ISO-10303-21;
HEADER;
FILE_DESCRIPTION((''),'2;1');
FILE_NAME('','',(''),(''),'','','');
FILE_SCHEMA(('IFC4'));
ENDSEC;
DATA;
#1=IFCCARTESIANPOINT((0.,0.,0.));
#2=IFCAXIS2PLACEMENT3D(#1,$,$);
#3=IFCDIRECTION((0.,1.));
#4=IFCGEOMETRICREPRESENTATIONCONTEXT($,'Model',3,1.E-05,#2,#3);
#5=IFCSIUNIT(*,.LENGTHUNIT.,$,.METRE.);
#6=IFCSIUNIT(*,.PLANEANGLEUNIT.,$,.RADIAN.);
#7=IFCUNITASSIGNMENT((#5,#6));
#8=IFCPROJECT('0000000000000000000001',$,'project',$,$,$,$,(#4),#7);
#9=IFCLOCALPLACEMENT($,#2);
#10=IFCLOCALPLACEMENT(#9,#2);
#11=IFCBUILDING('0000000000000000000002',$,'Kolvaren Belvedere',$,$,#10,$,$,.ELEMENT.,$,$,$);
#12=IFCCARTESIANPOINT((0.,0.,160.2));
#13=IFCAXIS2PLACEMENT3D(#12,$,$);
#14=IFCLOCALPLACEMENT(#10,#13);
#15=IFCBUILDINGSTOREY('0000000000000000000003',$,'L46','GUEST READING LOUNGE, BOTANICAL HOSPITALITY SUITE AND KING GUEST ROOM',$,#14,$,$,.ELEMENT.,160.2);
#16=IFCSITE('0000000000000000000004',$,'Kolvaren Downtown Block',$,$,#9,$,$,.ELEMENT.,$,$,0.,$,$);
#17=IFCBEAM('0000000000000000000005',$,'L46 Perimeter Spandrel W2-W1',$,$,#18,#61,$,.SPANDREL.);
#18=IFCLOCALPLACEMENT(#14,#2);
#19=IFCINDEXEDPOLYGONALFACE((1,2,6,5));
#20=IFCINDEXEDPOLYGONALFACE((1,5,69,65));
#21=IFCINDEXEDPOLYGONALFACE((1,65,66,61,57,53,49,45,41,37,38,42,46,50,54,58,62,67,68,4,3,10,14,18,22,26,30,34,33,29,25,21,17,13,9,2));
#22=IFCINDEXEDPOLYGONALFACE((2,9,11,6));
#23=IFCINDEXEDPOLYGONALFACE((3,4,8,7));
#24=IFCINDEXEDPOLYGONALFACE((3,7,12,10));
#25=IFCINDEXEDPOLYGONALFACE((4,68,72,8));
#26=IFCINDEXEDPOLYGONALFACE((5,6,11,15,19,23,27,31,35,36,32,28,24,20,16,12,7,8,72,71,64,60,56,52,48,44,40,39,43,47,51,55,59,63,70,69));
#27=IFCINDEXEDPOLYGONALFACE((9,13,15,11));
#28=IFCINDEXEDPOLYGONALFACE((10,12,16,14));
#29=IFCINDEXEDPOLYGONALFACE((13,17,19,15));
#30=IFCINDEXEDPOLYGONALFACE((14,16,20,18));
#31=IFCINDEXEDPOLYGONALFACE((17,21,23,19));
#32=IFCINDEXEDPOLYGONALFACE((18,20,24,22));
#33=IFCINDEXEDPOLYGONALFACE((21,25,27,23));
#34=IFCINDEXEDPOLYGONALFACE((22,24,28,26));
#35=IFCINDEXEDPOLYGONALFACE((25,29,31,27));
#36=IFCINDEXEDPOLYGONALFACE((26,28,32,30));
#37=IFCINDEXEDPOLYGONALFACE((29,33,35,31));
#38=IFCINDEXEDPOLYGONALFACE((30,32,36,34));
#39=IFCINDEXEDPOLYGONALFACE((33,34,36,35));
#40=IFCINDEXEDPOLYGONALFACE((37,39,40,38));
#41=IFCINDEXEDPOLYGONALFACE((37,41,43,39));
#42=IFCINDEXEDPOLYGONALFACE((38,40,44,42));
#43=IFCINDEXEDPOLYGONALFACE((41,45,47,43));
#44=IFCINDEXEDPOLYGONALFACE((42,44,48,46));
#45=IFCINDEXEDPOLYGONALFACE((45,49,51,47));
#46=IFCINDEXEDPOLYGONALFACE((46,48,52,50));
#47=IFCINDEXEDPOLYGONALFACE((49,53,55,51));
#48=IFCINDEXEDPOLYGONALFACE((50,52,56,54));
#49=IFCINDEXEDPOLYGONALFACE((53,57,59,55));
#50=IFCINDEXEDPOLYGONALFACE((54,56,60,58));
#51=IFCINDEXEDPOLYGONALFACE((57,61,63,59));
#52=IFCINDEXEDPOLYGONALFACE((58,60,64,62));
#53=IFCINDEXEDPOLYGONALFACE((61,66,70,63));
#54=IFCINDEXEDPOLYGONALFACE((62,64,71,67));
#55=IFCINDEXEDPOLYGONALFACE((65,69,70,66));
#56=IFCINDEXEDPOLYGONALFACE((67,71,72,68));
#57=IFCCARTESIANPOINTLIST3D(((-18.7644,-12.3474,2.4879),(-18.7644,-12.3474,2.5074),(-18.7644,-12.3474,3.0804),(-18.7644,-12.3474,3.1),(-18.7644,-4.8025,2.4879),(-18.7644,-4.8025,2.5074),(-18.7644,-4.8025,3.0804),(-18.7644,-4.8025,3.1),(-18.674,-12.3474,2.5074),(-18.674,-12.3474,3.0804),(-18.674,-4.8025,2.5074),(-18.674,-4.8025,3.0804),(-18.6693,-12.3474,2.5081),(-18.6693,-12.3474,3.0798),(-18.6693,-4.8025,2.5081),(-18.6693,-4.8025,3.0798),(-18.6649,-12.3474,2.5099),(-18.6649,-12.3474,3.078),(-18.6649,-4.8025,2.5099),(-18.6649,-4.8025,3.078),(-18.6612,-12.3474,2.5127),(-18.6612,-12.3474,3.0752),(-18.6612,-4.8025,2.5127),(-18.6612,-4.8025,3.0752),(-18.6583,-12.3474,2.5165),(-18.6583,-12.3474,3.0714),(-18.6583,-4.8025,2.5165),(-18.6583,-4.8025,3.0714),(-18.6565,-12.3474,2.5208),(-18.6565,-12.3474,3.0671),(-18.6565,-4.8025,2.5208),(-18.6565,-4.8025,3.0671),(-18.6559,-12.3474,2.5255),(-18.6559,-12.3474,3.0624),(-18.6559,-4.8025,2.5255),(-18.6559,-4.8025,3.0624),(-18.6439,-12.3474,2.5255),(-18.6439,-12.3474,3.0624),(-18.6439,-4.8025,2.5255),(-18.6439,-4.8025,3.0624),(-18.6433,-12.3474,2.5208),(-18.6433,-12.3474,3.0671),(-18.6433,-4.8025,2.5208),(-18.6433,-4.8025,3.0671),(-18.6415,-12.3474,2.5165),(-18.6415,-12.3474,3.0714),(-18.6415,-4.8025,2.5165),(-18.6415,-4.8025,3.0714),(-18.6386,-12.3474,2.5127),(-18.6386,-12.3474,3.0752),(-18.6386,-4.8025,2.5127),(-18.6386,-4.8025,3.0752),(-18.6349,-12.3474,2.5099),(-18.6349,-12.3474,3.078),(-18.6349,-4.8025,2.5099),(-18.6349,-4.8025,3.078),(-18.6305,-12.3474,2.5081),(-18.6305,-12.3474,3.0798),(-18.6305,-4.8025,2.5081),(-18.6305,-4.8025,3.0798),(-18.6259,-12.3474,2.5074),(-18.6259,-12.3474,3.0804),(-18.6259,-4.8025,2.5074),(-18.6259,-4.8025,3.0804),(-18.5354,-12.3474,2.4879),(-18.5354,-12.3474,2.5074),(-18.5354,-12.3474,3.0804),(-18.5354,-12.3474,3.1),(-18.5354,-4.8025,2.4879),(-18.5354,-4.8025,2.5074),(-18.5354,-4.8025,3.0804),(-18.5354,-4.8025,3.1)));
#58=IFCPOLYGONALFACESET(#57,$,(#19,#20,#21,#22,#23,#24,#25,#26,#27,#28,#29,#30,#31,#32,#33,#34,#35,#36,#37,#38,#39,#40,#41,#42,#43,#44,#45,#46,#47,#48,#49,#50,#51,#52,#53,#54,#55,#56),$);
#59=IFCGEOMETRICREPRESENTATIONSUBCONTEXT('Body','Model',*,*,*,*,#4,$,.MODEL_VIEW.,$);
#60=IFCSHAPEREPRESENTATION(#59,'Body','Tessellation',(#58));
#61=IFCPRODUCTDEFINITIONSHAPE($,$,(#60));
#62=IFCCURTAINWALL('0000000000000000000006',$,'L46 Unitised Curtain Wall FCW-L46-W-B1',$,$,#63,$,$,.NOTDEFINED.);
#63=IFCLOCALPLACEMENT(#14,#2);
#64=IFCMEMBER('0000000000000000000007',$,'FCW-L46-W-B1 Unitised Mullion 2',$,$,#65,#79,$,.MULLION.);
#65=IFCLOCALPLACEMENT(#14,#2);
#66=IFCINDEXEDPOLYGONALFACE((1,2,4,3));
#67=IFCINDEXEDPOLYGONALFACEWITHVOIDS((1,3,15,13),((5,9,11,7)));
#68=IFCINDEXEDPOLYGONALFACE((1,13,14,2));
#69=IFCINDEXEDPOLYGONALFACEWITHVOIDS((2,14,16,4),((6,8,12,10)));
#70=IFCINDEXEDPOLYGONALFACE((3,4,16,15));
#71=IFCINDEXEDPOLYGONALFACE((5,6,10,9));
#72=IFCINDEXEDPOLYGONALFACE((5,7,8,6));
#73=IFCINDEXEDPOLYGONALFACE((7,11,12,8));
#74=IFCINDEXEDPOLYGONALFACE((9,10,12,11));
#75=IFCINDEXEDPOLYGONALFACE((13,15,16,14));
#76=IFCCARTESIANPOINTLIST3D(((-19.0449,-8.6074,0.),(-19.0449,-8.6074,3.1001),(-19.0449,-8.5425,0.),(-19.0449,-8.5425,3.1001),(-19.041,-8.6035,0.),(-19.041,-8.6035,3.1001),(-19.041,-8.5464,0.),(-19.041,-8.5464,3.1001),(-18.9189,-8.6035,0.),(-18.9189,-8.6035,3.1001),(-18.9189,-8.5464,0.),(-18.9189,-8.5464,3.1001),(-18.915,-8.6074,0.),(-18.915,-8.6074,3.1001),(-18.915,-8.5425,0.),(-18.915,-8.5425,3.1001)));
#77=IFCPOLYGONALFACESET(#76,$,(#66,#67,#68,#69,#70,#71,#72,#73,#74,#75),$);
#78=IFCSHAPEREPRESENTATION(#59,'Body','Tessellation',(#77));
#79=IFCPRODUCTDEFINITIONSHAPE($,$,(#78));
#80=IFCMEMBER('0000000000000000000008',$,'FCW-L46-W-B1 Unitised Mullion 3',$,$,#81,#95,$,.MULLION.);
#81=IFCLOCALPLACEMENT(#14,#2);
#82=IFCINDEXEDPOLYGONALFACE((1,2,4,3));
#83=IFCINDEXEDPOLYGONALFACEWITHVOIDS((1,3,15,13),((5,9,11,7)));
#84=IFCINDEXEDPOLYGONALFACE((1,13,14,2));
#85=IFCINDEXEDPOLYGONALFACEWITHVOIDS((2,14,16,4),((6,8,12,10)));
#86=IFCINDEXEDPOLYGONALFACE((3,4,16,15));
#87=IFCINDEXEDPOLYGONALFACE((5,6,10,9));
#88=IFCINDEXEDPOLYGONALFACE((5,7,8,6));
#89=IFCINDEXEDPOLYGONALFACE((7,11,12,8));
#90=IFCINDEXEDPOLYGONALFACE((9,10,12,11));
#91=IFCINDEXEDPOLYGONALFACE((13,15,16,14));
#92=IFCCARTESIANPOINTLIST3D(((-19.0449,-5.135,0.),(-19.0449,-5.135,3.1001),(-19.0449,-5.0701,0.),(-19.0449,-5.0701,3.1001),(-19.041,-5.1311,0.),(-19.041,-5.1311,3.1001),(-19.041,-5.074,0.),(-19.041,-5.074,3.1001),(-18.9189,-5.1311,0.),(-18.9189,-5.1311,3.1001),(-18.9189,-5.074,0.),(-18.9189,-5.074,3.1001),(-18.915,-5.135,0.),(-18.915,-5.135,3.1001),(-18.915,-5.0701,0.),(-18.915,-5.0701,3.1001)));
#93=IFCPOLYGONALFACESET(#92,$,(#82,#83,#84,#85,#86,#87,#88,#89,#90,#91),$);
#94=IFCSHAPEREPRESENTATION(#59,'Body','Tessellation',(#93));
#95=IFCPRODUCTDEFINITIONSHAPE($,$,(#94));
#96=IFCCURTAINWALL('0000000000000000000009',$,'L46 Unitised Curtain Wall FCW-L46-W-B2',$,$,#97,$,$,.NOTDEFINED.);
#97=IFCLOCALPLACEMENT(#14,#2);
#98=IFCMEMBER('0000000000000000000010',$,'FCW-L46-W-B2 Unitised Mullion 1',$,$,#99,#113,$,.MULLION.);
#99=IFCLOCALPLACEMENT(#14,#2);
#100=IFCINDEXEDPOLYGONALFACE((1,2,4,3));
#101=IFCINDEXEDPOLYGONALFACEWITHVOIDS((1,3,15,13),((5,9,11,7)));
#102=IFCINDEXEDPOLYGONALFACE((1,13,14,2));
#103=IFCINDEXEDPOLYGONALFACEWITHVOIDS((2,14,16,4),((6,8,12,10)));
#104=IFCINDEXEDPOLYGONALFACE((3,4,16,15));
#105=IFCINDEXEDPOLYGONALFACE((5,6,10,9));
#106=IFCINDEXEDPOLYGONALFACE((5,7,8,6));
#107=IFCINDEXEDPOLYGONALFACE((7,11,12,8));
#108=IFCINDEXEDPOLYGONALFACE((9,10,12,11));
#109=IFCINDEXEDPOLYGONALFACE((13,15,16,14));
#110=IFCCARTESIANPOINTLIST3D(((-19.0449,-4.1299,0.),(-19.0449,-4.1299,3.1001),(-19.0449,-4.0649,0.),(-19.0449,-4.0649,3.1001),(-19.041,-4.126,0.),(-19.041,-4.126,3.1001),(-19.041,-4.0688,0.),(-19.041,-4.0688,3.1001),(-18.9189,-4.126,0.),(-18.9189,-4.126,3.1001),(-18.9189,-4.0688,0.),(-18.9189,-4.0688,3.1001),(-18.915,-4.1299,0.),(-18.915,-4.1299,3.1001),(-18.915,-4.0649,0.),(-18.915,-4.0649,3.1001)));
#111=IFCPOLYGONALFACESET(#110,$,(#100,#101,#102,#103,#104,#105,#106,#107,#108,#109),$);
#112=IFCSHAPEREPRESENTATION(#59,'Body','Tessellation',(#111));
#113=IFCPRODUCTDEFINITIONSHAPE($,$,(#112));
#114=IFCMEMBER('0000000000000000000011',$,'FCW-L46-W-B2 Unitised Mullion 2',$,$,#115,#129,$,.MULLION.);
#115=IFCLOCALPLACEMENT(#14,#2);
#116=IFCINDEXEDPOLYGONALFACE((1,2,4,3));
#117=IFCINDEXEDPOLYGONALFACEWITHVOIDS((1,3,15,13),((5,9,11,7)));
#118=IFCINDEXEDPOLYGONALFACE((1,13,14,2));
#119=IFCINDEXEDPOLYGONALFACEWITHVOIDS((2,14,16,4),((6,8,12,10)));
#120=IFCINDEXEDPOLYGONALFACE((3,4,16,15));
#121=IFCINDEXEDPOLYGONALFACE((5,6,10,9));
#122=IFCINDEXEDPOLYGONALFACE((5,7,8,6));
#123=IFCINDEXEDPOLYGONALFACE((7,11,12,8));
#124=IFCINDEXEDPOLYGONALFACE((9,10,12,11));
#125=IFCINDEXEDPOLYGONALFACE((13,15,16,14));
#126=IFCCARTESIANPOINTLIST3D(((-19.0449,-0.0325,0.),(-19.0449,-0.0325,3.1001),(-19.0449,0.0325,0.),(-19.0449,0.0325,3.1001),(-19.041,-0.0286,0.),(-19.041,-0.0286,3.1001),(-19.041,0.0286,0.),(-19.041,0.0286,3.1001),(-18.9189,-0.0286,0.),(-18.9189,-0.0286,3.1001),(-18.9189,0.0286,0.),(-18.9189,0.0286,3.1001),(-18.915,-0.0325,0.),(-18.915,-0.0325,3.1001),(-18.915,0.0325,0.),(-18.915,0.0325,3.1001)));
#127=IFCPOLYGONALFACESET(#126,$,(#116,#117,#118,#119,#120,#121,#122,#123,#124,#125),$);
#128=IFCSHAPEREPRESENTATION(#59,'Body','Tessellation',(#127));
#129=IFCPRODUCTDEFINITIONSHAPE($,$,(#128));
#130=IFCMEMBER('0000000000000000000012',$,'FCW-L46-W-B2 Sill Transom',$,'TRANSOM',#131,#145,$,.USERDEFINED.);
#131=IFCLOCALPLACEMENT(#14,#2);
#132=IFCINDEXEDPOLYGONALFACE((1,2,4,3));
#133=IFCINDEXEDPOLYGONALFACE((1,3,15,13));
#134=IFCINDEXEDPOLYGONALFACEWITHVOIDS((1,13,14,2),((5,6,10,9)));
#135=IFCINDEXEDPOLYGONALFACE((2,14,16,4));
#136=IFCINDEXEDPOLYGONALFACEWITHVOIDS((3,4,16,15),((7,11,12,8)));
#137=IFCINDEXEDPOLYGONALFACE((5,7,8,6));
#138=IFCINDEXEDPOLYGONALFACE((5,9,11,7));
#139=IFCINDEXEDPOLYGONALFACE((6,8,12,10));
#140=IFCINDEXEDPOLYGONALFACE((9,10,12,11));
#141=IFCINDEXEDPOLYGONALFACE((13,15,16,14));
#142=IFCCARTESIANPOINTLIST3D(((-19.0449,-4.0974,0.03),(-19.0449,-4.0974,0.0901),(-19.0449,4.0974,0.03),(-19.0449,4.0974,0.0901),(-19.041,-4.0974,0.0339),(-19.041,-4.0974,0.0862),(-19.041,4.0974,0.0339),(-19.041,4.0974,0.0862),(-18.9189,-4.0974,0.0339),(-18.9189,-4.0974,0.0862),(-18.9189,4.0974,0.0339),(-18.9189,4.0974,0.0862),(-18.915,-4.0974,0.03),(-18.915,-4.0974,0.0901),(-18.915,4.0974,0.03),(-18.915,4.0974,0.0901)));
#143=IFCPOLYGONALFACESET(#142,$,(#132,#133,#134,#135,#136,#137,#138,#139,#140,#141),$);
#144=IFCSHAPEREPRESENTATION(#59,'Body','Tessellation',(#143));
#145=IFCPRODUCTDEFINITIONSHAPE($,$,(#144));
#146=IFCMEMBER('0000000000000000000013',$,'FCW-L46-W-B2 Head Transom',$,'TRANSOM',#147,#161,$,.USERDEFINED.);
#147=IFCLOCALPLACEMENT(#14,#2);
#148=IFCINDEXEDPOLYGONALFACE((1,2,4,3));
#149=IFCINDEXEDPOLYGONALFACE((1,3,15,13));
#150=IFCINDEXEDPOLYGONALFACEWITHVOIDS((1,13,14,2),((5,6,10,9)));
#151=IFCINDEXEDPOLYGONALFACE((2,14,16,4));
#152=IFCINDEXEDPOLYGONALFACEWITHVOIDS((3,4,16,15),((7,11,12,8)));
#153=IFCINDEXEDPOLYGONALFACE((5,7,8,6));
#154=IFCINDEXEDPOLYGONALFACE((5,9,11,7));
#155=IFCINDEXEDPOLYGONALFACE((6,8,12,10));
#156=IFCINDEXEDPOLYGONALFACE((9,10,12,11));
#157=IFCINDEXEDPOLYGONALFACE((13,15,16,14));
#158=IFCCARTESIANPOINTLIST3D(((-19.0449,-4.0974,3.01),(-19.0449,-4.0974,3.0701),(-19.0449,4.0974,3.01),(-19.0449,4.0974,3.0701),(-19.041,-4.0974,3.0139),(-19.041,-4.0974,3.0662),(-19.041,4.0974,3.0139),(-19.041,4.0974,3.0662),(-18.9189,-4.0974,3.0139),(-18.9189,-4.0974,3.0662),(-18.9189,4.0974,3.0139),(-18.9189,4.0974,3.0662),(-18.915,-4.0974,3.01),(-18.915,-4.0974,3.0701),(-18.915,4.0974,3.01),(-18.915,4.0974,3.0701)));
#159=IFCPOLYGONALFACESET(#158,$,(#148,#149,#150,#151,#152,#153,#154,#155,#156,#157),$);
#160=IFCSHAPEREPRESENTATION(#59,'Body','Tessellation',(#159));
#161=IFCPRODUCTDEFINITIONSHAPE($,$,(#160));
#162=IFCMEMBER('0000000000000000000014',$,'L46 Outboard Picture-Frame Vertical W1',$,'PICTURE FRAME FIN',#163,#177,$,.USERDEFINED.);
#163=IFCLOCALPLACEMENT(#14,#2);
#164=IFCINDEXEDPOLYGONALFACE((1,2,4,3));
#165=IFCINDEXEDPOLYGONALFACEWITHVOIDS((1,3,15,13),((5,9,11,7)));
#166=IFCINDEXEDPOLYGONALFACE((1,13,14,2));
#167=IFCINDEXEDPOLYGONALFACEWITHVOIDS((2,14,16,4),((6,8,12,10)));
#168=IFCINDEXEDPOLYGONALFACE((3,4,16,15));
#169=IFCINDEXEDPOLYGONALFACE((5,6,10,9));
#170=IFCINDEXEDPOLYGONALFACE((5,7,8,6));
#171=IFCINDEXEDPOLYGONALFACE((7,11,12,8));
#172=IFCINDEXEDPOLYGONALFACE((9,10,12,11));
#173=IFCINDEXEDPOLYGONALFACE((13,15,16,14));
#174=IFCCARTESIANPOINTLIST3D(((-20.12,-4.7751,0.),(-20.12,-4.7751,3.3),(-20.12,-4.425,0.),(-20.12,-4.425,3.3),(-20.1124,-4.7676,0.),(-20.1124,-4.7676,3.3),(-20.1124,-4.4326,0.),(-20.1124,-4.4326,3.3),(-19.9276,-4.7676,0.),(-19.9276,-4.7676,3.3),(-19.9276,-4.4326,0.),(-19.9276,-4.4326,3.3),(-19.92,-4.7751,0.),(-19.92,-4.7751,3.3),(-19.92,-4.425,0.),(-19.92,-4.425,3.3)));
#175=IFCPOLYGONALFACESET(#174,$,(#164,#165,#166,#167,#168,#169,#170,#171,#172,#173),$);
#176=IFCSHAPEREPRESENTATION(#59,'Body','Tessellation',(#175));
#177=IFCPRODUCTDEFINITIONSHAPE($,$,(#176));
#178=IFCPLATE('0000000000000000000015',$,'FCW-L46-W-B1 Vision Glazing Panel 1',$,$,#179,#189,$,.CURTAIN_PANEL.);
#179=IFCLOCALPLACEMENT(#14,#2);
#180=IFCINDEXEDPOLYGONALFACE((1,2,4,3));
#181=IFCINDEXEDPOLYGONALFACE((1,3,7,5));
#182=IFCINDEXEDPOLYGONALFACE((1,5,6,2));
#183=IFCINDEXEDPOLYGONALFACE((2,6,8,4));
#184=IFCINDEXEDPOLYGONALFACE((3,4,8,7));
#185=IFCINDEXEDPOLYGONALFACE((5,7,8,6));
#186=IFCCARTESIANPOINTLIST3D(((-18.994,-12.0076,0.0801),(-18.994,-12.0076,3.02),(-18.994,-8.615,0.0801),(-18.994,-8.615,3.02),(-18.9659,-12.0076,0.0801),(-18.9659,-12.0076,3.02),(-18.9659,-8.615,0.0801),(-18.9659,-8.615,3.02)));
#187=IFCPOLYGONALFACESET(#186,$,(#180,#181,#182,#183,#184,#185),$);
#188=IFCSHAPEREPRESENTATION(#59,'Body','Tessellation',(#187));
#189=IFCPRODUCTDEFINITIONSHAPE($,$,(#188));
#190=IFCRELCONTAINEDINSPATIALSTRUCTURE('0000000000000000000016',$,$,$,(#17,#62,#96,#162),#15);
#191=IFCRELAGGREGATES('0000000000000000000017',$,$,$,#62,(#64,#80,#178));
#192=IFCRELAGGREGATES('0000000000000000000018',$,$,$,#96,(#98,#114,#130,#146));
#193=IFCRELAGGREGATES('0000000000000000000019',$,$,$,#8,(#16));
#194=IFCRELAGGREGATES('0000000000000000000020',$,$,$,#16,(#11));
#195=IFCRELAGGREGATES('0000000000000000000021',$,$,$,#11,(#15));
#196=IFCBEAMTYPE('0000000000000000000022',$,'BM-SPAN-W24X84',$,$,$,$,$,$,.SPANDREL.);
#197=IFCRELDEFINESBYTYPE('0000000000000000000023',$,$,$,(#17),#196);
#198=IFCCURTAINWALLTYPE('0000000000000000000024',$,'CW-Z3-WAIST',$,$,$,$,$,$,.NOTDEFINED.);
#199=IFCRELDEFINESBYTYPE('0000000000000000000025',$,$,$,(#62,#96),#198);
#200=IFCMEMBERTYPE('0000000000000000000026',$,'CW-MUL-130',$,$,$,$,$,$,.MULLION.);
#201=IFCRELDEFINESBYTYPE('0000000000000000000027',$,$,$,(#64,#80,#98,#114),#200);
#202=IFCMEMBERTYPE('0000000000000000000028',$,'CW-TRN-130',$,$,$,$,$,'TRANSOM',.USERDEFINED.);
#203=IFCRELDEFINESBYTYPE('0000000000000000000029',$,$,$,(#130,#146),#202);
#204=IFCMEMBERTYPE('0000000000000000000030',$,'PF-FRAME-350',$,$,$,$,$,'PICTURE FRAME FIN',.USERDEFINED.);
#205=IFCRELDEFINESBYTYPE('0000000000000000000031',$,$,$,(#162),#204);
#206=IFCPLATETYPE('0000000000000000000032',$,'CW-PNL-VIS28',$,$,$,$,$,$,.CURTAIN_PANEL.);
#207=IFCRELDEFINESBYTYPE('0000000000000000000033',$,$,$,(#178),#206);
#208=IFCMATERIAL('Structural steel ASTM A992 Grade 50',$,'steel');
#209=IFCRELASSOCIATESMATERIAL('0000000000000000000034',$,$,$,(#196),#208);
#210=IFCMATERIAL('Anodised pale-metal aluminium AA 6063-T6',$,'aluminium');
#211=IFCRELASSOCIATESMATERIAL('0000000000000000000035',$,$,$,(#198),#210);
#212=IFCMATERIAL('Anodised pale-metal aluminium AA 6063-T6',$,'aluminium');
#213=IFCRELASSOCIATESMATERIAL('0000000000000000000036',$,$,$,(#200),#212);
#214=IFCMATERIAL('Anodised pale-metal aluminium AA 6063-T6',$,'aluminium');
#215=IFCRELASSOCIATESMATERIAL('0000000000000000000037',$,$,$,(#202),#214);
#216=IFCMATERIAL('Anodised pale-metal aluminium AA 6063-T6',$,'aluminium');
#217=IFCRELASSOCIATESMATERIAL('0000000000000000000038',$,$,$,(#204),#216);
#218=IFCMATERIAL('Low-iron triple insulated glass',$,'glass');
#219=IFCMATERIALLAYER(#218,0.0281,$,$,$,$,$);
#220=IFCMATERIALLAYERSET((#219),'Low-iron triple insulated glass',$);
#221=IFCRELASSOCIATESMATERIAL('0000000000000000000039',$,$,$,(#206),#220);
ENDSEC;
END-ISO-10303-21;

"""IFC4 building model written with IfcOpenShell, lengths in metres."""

from ifc_helpers import new_model, si_unit, direction, frame, origin, origin_2d, place, context, subcontext, project, spatial, rectangle, hollow_rectangle, i_section, extrude, material, layer, layer_set, material_profile, profile_set, type_object, element, aggregate, save


model = new_model("IFC4")

# Units and contexts
model_context = context("Model", 3, precision=1e-05, world=origin(), true_north=direction((0.0, 1.0)))
body_context = subcontext(model_context, "Body", "Model", "MODEL_VIEW")
ifc_project = project(units=[si_unit("LENGTHUNIT", "METRE"), si_unit("PLANEANGLEUNIT", "RADIAN")], contexts=[model_context])

# Site, building, storey
site_placement = place(None, origin())
site = spatial("IfcSite", under=ifc_project, at=site_placement, Name="Kolvaren Downtown Block", CompositionType="ELEMENT", RefElevation=0.0)
building_placement = place(site_placement, origin())
building = spatial("IfcBuilding", under=site, at=building_placement, Name="Kolvaren Belvedere", CompositionType="ELEMENT")
storey_placement = place(building_placement, frame((0.0, 0.0, 160.2)))
storey = spatial("IfcBuildingStorey", under=building, at=storey_placement, Name="L46", Description="GUEST READING LOUNGE, BOTANICAL HOSPITALITY SUITE AND KING GUEST ROOM", CompositionType="ELEMENT", Elevation=160.2)

# Beam
ifc_material_1 = material(Name="Structural steel ASTM A992 Grade 50", Category="steel")
ifc_material_profile_1 = material_profile(ifc_material_1, i_section(OverallWidth=0.229, OverallDepth=0.6121, WebThickness=0.012, FlangeThickness=0.0195, FilletRadius=0.0181, at=origin_2d()), Name="W24X84")
ifc_profile_set_1 = profile_set([ifc_material_profile_1], Name="Structural steel ASTM A992 Grade 50")
beam_type_1 = type_object("IfcBeamType", Name="BM-SPAN-W24X84", PredefinedType="SPANDREL", material=ifc_profile_set_1)
beam_1_placement = place(storey_placement, frame((-18.6499, -4.8025, 2.7939), z_axis=(0.0, -1.0, 0.0), x_axis=(1.0, 0.0, 0.0)))
element("IfcBeam", 1, at=beam_1_placement, inside=storey, type_object=beam_type_1, Name="L46 Perimeter Spandrel W2-W1", PredefinedType="SPANDREL", context=body_context, shape_type="SweptSolid", body=[
    extrude(i_section(OverallWidth=0.229, OverallDepth=0.6121, WebThickness=0.012, FlangeThickness=0.0195, FilletRadius=0.0181, at=origin_2d()), origin(), (0.0, 0.0, 1.0), 7.5449),
])

# Curtain walls, members
ifc_material_2 = material(Name="Anodised pale-metal aluminium AA 6063-T6", Category="aluminium")
curtain_wall_type = type_object("IfcCurtainWallType", Name="CW-Z3-WAIST", PredefinedType="NOTDEFINED", material=ifc_material_2)
curtain_wall_1_placement = place(storey_placement, origin())
curtain_wall_1 = element("IfcCurtainWall", 2, at=curtain_wall_1_placement, inside=storey, type_object=curtain_wall_type, Name="L46 Unitised Curtain Wall FCW-L46-W-B1", PredefinedType="NOTDEFINED")
ifc_material_3 = material(Name="Anodised pale-metal aluminium AA 6063-T6", Category="aluminium")
ifc_material_profile_2 = material_profile(ifc_material_3, hollow_rectangle(XDim=0.0649, YDim=0.1299, WallThickness=0.0039, at=origin_2d()), Name="ALU-MUL-130X65")
ifc_profile_set_2 = profile_set([ifc_material_profile_2], Name="Anodised pale-metal aluminium AA 6063-T6")
member_type_1 = type_object("IfcMemberType", Name="CW-MUL-130", PredefinedType="MULLION", material=ifc_profile_set_2)
member_1_placement = place(storey_placement, frame((-18.98, -8.575, 0.0), z_axis=(0.0, 0.0, 1.0), x_axis=(0.0, 1.0, 0.0)))
member_1 = element("IfcMember", 3, at=member_1_placement, type_object=member_type_1, Name="FCW-L46-W-B1 Unitised Mullion 2", PredefinedType="MULLION", context=body_context, shape_type="SweptSolid", body=[
    extrude(hollow_rectangle(XDim=0.0649, YDim=0.1299, WallThickness=0.0039, at=origin_2d()), origin(), (0.0, 0.0, 1.0), 3.1001),
])
member_2_placement = place(storey_placement, frame((-18.98, -5.1025, 0.0), z_axis=(0.0, 0.0, 1.0), x_axis=(0.0, 1.0, 0.0)))
member_2 = element("IfcMember", 4, at=member_2_placement, type_object=member_type_1, Name="FCW-L46-W-B1 Unitised Mullion 3", PredefinedType="MULLION", context=body_context, shape_type="SweptSolid", body=[
    extrude(hollow_rectangle(XDim=0.0649, YDim=0.1299, WallThickness=0.0039, at=origin_2d()), origin(), (0.0, 0.0, 1.0), 3.1001),
])
curtain_wall_2_placement = place(storey_placement, origin())
curtain_wall_2 = element("IfcCurtainWall", 5, at=curtain_wall_2_placement, inside=storey, type_object=curtain_wall_type, Name="L46 Unitised Curtain Wall FCW-L46-W-B2", PredefinedType="NOTDEFINED")
member_3_placement = place(storey_placement, frame((-18.98, -4.0974, 0.0), z_axis=(0.0, 0.0, 1.0), x_axis=(0.0, 1.0, 0.0)))
member_3 = element("IfcMember", 6, at=member_3_placement, type_object=member_type_1, Name="FCW-L46-W-B2 Unitised Mullion 1", PredefinedType="MULLION", context=body_context, shape_type="SweptSolid", body=[
    extrude(hollow_rectangle(XDim=0.0649, YDim=0.1299, WallThickness=0.0039, at=origin_2d()), origin(), (0.0, 0.0, 1.0), 3.1001),
])
member_4_placement = place(storey_placement, frame((-18.98, 0.0, 0.0), z_axis=(0.0, 0.0, 1.0), x_axis=(0.0, 1.0, 0.0)))
member_4 = element("IfcMember", 7, at=member_4_placement, type_object=member_type_1, Name="FCW-L46-W-B2 Unitised Mullion 2", PredefinedType="MULLION", context=body_context, shape_type="SweptSolid", body=[
    extrude(hollow_rectangle(XDim=0.0649, YDim=0.1299, WallThickness=0.0039, at=origin_2d()), origin(), (0.0, 0.0, 1.0), 3.1001),
])
ifc_material_4 = material(Name="Anodised pale-metal aluminium AA 6063-T6", Category="aluminium")
ifc_material_profile_3 = material_profile(ifc_material_4, hollow_rectangle(XDim=0.0601, YDim=0.1299, WallThickness=0.0039, at=origin_2d()), Name="ALU-TRN-130X60")
ifc_profile_set_3 = profile_set([ifc_material_profile_3], Name="Anodised pale-metal aluminium AA 6063-T6")
member_type_2 = type_object("IfcMemberType", Name="CW-TRN-130", ElementType="TRANSOM", PredefinedType="USERDEFINED", material=ifc_profile_set_3)
member_5_placement = place(storey_placement, frame((-18.98, -4.0974, 0.0601), z_axis=(0.0, 1.0, 0.0), x_axis=(0.0, 0.0, 1.0)))
member_5 = element("IfcMember", 8, at=member_5_placement, type_object=member_type_2, Name="FCW-L46-W-B2 Sill Transom", ObjectType="TRANSOM", PredefinedType="USERDEFINED", context=body_context, shape_type="SweptSolid", body=[
    extrude(hollow_rectangle(XDim=0.0601, YDim=0.1299, WallThickness=0.0039, at=origin_2d()), origin(), (0.0, 0.0, 1.0), 8.1948),
])
member_6_placement = place(storey_placement, frame((-18.98, -4.0974, 3.04), z_axis=(0.0, 1.0, 0.0), x_axis=(0.0, 0.0, 1.0)))
member_6 = element("IfcMember", 9, at=member_6_placement, type_object=member_type_2, Name="FCW-L46-W-B2 Head Transom", ObjectType="TRANSOM", PredefinedType="USERDEFINED", context=body_context, shape_type="SweptSolid", body=[
    extrude(hollow_rectangle(XDim=0.0601, YDim=0.1299, WallThickness=0.0039, at=origin_2d()), origin(), (0.0, 0.0, 1.0), 8.1948),
])

# Member
ifc_material_5 = material(Name="Anodised pale-metal aluminium AA 6063-T6", Category="aluminium")
ifc_material_profile_4 = material_profile(ifc_material_5, hollow_rectangle(XDim=0.2, YDim=0.3501, WallThickness=0.0076, at=origin_2d()), Name="ALU-PF-350X200")
ifc_profile_set_4 = profile_set([ifc_material_profile_4], Name="Anodised pale-metal aluminium AA 6063-T6")
member_type_3 = type_object("IfcMemberType", Name="PF-FRAME-350", ElementType="PICTURE FRAME FIN", PredefinedType="USERDEFINED", material=ifc_profile_set_4)
member_7_placement = place(storey_placement, frame((-20.02, -4.6001, 0.0), z_axis=(0.0, 0.0, 1.0), x_axis=(1.0, 0.0, 0.0)))
element("IfcMember", 10, at=member_7_placement, inside=storey, type_object=member_type_3, Name="L46 Outboard Picture-Frame Vertical W1", ObjectType="PICTURE FRAME FIN", PredefinedType="USERDEFINED", context=body_context, shape_type="SweptSolid", body=[
    extrude(hollow_rectangle(XDim=0.2, YDim=0.3501, WallThickness=0.0076, at=origin_2d()), origin(), (0.0, 0.0, 1.0), 3.3),
])

# Plate
ifc_material_6 = material(Name="Low-iron triple insulated glass", Category="glass")
ifc_layer_1 = layer(ifc_material_6, 0.0281)
ifc_layer_set_1 = layer_set([ifc_layer_1], Name="Low-iron triple insulated glass")
plate_type_1 = type_object("IfcPlateType", Name="CW-PNL-VIS28", PredefinedType="CURTAIN_PANEL", material=ifc_layer_set_1)
plate_1_placement = place(storey_placement, frame((-18.98, -10.3113, 0.0801), z_axis=(0.0, 0.0, 1.0), x_axis=(0.0, 1.0, 0.0)))
plate_1 = element("IfcPlate", 11, at=plate_1_placement, type_object=plate_type_1, Name="FCW-L46-W-B1 Vision Glazing Panel 1", PredefinedType="CURTAIN_PANEL", context=body_context, shape_type="SweptSolid", body=[
    extrude(rectangle(XDim=3.3926, YDim=0.0281, at=origin_2d()), origin(), (0.0, 0.0, 1.0), 2.9399),
])
aggregate(curtain_wall_1, [member_1, member_2, plate_1])
aggregate(curtain_wall_2, [member_3, member_4, member_5, member_6])

save(model, "model.ifc")
